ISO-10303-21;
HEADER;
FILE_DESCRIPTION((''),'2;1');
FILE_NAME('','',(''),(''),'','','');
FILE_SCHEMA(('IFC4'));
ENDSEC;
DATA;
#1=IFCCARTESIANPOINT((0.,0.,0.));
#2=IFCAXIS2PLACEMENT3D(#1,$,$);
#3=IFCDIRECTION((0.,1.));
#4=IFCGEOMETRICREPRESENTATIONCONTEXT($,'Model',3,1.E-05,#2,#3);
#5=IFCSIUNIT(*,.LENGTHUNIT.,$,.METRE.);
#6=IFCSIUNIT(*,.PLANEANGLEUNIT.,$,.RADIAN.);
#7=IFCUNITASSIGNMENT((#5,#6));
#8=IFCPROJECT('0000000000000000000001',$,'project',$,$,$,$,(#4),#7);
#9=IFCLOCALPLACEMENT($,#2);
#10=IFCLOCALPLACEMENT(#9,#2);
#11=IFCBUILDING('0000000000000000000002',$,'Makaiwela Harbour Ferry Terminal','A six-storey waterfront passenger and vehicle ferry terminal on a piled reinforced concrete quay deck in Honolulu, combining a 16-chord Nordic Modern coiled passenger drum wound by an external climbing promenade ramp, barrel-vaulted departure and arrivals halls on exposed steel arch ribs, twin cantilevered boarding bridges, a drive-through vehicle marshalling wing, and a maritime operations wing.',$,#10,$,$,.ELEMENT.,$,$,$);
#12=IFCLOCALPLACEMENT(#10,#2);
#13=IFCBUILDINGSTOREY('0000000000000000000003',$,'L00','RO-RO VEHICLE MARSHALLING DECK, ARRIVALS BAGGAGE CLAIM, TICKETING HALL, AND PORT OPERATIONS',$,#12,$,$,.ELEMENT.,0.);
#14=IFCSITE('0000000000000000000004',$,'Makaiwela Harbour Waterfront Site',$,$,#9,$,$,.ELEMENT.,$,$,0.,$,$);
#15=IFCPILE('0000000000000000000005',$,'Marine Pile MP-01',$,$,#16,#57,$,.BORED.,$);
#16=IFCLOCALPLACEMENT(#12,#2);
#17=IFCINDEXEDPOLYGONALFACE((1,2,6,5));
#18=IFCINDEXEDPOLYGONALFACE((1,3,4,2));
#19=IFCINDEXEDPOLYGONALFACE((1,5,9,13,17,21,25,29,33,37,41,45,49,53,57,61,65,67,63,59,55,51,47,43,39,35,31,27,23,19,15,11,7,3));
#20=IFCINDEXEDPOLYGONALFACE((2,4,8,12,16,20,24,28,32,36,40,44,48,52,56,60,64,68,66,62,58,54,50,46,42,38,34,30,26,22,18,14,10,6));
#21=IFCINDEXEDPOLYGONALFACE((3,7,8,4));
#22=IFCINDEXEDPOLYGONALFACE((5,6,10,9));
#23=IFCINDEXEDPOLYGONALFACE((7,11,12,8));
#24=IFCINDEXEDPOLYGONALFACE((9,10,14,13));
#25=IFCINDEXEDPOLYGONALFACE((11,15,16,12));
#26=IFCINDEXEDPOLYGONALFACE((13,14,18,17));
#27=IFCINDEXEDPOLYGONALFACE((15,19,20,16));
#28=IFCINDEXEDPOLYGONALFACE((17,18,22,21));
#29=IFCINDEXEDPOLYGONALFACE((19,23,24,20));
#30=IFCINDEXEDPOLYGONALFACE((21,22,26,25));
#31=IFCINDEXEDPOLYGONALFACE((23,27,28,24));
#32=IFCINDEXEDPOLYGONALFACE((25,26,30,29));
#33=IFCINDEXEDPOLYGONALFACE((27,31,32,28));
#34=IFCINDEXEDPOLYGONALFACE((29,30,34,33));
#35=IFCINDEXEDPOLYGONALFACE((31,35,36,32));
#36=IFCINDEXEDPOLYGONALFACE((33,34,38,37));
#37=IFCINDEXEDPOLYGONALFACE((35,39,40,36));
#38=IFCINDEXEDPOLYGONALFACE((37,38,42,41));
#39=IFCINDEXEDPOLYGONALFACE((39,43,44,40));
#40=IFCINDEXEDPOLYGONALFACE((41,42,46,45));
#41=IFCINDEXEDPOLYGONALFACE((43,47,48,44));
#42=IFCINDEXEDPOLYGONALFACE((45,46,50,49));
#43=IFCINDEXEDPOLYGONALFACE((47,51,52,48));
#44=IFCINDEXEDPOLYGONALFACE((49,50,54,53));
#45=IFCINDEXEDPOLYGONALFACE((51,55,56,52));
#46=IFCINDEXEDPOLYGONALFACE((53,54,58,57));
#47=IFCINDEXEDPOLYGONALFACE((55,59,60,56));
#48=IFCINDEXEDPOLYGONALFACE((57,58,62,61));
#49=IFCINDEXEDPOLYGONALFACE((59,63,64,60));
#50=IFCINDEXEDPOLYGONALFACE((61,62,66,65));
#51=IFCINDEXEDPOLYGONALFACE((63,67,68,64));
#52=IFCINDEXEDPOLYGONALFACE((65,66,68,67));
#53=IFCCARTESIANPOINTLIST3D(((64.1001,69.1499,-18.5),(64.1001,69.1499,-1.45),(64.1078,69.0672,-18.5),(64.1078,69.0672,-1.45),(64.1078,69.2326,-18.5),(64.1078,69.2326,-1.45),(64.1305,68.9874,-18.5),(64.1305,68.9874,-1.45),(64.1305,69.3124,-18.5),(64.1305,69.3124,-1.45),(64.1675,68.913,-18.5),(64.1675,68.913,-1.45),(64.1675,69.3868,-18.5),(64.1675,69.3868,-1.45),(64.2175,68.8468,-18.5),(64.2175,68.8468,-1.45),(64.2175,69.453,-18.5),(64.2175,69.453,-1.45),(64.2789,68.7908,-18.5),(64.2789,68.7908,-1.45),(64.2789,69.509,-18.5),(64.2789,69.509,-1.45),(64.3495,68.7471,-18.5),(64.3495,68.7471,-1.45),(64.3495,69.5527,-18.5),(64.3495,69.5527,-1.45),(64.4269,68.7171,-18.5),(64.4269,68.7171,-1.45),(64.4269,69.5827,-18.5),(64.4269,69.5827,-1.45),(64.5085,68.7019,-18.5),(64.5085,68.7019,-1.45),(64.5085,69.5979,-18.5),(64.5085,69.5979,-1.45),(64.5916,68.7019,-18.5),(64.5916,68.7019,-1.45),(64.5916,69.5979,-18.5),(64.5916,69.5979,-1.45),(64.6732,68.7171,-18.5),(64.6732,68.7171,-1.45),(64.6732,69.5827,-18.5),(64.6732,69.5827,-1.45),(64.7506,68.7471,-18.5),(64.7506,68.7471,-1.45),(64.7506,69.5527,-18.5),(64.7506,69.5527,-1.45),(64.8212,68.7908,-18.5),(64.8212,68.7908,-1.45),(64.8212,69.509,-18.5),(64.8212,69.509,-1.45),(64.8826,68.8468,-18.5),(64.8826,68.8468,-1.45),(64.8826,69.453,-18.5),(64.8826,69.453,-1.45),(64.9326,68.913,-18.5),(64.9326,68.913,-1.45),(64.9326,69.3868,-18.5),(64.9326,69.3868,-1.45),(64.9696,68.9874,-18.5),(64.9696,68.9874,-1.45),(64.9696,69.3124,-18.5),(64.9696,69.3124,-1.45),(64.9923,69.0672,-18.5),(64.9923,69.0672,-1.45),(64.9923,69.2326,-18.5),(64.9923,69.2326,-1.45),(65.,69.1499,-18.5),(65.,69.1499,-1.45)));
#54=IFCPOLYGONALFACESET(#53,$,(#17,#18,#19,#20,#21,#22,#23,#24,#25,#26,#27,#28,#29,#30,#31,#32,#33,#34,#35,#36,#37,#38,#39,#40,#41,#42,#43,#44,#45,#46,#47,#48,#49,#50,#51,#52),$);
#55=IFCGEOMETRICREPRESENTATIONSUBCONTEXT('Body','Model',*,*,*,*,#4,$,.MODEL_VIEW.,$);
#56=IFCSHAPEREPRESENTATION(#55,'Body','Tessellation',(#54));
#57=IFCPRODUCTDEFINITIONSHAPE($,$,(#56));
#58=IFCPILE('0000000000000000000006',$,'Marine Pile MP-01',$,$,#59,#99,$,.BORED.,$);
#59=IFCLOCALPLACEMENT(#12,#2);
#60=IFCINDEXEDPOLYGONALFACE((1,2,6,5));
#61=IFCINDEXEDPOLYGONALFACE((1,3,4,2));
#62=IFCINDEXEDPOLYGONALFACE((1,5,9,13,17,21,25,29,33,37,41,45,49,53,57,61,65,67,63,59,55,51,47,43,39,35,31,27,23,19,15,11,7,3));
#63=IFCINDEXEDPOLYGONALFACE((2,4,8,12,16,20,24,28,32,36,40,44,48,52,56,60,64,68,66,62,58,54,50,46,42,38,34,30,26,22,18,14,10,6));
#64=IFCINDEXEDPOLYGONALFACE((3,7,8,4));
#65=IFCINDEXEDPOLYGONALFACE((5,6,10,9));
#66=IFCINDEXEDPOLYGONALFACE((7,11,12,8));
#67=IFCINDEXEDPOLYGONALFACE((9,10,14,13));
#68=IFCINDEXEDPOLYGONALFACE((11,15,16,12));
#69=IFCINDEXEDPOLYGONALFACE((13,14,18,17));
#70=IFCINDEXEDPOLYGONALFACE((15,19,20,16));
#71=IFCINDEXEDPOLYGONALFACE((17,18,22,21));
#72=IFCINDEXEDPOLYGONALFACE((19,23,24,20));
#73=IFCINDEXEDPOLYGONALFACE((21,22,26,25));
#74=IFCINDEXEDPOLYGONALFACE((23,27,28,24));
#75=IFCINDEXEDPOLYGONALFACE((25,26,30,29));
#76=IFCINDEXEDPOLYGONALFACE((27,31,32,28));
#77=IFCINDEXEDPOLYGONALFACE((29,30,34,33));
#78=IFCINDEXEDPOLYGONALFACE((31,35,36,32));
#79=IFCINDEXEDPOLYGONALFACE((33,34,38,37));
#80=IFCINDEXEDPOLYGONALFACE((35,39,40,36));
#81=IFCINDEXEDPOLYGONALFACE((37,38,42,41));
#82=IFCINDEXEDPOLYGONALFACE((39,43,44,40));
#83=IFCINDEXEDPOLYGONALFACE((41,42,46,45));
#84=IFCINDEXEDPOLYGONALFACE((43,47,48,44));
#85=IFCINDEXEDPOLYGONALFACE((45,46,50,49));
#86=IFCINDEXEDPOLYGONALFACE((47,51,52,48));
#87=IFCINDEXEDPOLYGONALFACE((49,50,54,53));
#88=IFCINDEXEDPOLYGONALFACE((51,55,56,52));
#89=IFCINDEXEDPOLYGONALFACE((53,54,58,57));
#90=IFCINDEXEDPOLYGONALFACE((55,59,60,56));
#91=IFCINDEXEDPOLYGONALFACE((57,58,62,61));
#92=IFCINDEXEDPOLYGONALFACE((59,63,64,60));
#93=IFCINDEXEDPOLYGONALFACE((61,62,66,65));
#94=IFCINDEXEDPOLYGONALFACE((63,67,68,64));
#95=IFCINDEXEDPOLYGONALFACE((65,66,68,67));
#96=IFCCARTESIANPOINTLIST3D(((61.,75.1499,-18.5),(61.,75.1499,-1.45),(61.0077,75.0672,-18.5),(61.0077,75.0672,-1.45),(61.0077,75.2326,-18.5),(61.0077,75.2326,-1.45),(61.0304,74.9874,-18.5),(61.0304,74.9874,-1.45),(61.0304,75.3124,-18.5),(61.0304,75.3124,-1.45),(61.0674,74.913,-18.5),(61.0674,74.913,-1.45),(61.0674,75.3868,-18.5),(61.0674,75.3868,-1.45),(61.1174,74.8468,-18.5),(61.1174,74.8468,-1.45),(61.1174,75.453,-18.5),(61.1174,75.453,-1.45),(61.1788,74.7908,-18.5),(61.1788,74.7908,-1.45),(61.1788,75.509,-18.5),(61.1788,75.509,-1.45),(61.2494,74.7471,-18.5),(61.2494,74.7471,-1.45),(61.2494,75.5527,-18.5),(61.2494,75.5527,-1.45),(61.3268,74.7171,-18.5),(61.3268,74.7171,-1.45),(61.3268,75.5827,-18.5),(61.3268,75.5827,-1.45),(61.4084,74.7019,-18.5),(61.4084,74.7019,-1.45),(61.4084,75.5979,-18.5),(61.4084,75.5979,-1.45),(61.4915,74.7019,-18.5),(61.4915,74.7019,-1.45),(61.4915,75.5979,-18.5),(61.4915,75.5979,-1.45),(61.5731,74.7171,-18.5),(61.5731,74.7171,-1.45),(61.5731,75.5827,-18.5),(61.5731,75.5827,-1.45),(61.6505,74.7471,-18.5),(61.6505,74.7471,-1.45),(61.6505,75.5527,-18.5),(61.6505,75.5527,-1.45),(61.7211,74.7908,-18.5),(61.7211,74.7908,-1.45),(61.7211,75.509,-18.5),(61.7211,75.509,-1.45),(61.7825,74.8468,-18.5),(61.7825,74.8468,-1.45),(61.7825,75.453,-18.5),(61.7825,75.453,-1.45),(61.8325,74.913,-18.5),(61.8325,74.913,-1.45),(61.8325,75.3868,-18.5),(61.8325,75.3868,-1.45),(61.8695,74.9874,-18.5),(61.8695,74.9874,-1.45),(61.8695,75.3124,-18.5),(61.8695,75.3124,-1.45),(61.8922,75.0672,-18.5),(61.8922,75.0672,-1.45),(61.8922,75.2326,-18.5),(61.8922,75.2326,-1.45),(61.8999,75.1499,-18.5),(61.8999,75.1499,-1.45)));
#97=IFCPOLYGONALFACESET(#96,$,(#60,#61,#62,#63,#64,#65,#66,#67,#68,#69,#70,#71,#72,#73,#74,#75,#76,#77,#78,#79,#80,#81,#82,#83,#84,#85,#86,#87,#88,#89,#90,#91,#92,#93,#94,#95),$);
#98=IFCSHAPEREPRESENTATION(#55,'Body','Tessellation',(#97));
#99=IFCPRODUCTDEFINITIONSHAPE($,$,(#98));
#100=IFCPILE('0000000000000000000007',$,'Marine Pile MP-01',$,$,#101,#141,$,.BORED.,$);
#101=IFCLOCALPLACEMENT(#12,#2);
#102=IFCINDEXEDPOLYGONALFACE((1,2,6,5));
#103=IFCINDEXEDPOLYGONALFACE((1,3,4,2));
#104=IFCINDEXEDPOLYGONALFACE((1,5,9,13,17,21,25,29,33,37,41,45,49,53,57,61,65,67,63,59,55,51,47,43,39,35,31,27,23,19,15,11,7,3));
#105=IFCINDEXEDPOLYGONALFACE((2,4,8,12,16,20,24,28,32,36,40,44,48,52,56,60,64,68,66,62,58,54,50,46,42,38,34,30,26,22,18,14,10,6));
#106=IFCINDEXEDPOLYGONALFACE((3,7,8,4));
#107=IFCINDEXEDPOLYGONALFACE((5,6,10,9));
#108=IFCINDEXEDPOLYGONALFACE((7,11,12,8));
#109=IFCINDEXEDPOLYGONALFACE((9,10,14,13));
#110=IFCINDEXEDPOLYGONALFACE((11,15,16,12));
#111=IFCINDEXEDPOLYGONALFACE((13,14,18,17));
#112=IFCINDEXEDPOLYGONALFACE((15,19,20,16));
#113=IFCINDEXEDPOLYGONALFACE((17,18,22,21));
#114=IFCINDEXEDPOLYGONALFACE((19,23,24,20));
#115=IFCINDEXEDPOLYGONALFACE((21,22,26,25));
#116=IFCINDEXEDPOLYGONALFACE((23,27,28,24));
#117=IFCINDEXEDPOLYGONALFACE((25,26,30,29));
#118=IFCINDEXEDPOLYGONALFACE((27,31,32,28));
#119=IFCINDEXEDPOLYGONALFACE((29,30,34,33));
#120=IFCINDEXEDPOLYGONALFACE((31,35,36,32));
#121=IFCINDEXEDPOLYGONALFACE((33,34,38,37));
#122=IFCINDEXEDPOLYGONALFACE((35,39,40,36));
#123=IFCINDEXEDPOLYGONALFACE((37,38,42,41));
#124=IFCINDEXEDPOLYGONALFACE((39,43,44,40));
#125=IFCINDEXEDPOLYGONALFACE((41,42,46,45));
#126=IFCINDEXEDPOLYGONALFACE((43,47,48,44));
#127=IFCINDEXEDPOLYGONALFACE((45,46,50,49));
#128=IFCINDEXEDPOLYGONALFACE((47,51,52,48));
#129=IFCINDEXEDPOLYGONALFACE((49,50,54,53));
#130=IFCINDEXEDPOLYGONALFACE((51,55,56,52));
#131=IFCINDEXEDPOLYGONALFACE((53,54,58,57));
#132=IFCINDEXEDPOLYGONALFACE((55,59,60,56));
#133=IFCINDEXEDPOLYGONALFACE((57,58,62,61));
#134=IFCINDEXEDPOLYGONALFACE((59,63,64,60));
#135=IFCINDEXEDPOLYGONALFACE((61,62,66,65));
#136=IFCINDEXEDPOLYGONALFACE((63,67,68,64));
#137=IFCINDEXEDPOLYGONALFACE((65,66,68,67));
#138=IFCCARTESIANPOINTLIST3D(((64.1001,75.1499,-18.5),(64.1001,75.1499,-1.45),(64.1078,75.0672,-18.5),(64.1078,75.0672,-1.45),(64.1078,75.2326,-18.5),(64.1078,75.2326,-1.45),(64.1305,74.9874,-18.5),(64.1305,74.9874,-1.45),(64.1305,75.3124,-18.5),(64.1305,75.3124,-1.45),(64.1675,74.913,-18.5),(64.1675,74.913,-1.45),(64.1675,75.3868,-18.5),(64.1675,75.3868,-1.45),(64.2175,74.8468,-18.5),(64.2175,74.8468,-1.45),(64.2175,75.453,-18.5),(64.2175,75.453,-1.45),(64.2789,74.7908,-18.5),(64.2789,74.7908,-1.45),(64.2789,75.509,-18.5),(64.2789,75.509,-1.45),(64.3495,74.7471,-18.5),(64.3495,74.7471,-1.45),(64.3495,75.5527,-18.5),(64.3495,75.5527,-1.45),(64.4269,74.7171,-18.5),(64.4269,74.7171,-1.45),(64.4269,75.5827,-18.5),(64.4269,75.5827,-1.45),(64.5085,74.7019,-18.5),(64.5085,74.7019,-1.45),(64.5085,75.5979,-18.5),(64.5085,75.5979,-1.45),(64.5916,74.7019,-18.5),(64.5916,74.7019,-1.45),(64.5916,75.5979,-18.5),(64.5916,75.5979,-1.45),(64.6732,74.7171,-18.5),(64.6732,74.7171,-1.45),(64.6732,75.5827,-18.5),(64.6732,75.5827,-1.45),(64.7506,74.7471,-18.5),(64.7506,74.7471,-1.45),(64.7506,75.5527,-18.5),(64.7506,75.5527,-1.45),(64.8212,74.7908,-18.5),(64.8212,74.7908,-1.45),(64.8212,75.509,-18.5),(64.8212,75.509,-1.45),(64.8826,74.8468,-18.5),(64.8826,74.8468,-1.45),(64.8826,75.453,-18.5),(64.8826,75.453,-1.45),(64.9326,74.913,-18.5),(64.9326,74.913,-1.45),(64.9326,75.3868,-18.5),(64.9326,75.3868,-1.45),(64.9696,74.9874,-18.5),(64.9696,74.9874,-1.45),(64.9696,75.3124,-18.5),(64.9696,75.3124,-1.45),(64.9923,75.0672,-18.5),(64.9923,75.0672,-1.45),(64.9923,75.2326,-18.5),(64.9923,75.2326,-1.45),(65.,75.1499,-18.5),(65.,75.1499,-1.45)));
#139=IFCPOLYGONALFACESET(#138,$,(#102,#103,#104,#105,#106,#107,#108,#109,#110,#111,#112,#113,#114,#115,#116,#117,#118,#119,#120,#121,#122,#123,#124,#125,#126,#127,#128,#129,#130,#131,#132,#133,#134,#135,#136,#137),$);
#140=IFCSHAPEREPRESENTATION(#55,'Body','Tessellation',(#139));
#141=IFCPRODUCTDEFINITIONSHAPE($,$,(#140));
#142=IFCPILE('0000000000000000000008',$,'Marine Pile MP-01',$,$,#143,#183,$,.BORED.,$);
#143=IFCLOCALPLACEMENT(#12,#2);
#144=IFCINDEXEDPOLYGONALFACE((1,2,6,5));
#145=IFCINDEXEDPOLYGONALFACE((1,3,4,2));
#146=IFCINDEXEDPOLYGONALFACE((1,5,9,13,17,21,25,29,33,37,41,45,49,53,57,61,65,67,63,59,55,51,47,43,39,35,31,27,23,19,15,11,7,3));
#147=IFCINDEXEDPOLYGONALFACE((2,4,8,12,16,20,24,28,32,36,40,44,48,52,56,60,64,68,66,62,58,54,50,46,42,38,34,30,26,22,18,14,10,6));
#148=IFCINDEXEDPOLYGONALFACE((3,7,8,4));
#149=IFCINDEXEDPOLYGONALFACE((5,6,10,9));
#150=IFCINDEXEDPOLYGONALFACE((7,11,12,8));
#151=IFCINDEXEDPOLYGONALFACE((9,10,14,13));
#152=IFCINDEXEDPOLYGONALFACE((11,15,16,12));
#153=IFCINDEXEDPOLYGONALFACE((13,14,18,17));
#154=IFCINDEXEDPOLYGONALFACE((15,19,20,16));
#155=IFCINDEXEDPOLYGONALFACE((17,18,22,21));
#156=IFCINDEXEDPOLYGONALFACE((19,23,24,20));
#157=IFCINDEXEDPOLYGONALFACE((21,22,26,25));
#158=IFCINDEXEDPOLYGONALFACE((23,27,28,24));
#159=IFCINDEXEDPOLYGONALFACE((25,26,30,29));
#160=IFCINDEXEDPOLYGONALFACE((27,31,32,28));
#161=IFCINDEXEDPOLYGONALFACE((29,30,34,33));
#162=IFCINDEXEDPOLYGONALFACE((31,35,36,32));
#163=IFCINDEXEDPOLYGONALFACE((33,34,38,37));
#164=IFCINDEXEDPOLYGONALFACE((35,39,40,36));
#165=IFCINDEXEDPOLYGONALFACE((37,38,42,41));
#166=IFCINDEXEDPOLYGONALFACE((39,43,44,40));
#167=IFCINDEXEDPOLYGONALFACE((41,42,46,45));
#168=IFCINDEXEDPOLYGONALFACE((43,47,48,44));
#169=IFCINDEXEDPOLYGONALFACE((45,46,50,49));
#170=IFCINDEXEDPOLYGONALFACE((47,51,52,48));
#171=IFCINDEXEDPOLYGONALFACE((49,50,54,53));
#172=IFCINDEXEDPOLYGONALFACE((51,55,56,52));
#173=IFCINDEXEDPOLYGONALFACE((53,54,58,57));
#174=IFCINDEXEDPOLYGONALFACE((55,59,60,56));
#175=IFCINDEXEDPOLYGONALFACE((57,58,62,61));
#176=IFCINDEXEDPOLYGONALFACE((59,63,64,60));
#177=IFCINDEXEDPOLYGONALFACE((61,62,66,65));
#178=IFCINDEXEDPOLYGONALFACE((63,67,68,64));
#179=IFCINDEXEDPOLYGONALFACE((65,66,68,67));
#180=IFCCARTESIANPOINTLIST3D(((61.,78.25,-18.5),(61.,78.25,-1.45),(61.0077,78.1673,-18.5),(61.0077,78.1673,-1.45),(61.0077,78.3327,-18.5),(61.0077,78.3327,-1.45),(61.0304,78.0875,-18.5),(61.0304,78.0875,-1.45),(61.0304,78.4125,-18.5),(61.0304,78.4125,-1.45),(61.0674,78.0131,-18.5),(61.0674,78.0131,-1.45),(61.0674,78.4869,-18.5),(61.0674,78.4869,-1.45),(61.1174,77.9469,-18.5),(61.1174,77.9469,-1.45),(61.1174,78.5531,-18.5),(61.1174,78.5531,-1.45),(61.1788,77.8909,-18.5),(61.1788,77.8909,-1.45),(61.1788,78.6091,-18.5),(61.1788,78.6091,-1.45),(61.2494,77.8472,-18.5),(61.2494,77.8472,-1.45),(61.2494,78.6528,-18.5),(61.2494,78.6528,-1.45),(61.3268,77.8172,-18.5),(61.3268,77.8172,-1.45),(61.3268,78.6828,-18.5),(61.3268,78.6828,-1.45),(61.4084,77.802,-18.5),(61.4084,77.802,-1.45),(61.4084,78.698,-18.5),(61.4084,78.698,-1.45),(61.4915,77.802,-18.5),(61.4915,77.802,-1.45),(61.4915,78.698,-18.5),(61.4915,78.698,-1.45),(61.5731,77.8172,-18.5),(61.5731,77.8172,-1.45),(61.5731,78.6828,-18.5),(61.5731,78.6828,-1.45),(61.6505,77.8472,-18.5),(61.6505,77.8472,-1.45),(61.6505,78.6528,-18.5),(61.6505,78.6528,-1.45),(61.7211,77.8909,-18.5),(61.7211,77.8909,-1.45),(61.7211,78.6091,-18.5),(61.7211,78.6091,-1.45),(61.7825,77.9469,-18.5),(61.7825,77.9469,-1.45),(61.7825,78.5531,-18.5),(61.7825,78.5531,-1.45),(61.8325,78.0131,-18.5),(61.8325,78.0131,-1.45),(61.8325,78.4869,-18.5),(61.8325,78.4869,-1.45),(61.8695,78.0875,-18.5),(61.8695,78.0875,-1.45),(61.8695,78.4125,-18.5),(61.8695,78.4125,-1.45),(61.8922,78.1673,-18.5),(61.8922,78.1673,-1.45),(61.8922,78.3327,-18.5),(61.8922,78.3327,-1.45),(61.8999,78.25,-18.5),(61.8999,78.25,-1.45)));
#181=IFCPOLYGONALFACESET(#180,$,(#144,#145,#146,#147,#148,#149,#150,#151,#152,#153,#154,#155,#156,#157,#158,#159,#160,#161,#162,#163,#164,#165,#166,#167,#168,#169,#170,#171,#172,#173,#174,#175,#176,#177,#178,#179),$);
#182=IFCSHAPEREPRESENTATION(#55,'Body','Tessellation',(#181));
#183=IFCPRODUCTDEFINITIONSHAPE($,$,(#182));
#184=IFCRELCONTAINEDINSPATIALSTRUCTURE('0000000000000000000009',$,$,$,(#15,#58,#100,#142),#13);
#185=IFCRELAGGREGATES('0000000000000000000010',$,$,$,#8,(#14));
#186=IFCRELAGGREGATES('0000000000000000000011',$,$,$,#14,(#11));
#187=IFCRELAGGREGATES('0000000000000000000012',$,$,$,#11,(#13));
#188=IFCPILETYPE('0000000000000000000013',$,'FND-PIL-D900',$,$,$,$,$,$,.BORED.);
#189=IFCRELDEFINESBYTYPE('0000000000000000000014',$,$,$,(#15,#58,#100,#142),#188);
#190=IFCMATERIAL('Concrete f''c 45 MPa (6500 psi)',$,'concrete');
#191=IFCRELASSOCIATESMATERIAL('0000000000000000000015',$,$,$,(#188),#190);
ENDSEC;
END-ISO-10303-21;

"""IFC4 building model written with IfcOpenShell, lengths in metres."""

from ifc_helpers import new_model, si_unit, direction, frame, origin, origin_2d, place, context, subcontext, project, spatial, circle, extrude, material, material_profile, profile_set, type_object, element, save


model = new_model("IFC4")

# Units and contexts
model_context = context("Model", 3, precision=1e-05, world=origin(), true_north=direction((0.0, 1.0)))
body_context = subcontext(model_context, "Body", "Model", "MODEL_VIEW")
ifc_project = project(units=[si_unit("LENGTHUNIT", "METRE"), si_unit("PLANEANGLEUNIT", "RADIAN")], contexts=[model_context])

# Site, building, storey
site_placement = place(None, origin())
site = spatial("IfcSite", under=ifc_project, at=site_placement, Name="Makaiwela Harbour Waterfront Site", CompositionType="ELEMENT", RefElevation=0.0)
building_placement = place(site_placement, origin())
building = spatial("IfcBuilding", under=site, at=building_placement, Name="Makaiwela Harbour Ferry Terminal", Description="A six-storey waterfront passenger and vehicle ferry terminal on a piled reinforced concrete quay deck in Honolulu, combining a 16-chord Nordic Modern coiled passenger drum wound by an external climbing promenade ramp, barrel-vaulted departure and arrivals halls on exposed steel arch ribs, twin cantilevered boarding bridges, a drive-through vehicle marshalling wing, and a maritime operations wing.", CompositionType="ELEMENT")
storey_placement = place(building_placement, origin())
storey = spatial("IfcBuildingStorey", under=building, at=storey_placement, Name="L00", Description="RO-RO VEHICLE MARSHALLING DECK, ARRIVALS BAGGAGE CLAIM, TICKETING HALL, AND PORT OPERATIONS", CompositionType="ELEMENT", Elevation=0.0)

# Shared definitions
ifc_material_1 = material(Name="Concrete f'c 45 MPa (6500 psi)", Category="concrete")

# Piles
ifc_material_profile_1 = material_profile(ifc_material_1, circle(Radius=0.45, at=origin_2d()), Name="PILE-D900")
ifc_profile_set_1 = profile_set([ifc_material_profile_1], Name="Concrete f'c 45 MPa (6500 psi)")
pile_type = type_object("IfcPileType", Name="FND-PIL-D900", PredefinedType="BORED", material=ifc_profile_set_1)
for number, where, z_axis, x_axis, name in (
    (1, (64.55, 69.1499, -1.45), (0.0, 0.0, -1.0), (1.0, 0.0, 0.0), "Marine Pile MP-01"),
    (2, (61.45, 75.1499, -1.45), (0.0, 0.0, -1.0), (1.0, 0.0, 0.0), "Marine Pile MP-01"),
    (3, (64.55, 75.1499, -1.45), (0.0, 0.0, -1.0), (1.0, 0.0, 0.0), "Marine Pile MP-01"),
    (4, (61.45, 78.25, -1.45), (0.0, 0.0, -1.0), (1.0, 0.0, 0.0), "Marine Pile MP-01"),
):
    element("IfcPile", number, at=place(storey_placement, frame(where, z_axis=z_axis, x_axis=x_axis)), inside=storey, type_object=pile_type, Name=name, PredefinedType="BORED", context=body_context, shape_type="SweptSolid", body=[
        extrude(circle(Radius=0.45, at=origin_2d()), origin(), (0.0, 0.0, 1.0), 17.05),
    ])

save(model, "model.ifc")
